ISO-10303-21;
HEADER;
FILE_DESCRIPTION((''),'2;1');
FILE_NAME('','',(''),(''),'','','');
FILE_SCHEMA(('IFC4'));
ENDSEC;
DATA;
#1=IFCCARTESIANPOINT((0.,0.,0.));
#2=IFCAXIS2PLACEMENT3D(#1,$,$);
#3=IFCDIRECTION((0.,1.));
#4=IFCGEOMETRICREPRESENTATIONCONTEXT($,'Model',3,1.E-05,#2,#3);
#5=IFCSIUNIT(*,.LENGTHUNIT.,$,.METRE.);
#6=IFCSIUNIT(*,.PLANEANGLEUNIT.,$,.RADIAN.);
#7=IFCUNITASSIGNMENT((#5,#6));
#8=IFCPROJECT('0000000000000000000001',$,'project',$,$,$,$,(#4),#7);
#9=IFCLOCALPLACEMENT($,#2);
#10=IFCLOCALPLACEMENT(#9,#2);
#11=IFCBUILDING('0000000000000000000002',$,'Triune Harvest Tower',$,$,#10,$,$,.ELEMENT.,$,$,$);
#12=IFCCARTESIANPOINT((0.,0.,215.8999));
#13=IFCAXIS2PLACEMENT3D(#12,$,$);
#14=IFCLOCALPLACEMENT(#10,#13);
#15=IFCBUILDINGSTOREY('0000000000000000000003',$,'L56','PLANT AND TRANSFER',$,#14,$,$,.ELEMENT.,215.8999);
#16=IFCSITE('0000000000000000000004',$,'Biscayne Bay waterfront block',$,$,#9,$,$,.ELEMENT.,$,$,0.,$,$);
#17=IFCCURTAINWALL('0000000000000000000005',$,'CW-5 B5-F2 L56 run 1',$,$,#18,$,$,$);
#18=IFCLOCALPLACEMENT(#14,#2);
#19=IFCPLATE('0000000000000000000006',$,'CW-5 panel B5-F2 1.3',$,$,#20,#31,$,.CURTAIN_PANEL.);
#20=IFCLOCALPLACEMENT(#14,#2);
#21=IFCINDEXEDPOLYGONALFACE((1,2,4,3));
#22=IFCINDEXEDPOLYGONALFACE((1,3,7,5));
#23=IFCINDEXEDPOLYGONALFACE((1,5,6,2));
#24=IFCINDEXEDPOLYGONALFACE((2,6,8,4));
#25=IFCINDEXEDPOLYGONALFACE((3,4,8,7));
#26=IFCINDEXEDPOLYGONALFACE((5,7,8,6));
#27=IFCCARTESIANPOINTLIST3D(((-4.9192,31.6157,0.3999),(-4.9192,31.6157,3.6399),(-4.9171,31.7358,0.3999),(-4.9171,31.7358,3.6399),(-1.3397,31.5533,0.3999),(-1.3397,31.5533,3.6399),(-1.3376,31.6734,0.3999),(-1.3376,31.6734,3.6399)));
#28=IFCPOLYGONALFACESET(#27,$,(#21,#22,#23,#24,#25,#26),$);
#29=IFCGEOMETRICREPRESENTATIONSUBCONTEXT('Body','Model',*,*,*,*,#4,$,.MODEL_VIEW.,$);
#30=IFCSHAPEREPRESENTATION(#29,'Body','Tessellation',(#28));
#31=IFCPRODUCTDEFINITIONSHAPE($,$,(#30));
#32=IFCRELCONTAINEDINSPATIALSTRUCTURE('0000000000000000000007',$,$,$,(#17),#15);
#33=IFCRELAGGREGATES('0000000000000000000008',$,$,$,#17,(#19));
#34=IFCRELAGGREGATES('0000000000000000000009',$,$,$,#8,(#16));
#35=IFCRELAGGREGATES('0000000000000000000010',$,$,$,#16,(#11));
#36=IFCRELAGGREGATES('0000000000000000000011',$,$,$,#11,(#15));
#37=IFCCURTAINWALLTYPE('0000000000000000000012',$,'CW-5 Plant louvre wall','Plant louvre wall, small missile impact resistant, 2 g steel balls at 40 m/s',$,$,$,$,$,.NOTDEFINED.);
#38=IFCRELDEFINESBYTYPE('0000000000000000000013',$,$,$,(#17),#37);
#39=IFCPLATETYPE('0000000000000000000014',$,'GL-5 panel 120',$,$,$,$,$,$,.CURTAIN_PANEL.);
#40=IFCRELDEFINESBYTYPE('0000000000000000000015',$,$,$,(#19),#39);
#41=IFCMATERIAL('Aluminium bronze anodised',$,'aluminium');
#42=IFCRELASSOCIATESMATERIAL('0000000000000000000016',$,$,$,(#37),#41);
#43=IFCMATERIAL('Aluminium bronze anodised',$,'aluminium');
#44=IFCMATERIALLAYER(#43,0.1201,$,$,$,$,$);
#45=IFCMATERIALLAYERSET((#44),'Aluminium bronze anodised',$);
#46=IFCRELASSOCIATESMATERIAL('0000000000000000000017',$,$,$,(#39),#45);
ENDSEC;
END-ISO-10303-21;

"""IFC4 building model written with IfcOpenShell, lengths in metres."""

from ifc_helpers import new_model, si_unit, direction, frame, origin, origin_2d, place, context, subcontext, project, spatial, rectangle, extrude, source, transform, mapped, material, layer, layer_set, type_object, element, aggregate, save


model = new_model("IFC4")

# Units and contexts
model_context = context("Model", 3, precision=1e-05, world=origin(), true_north=direction((0.0, 1.0)))
body_context = subcontext(model_context, "Body", "Model", "MODEL_VIEW")
ifc_project = project(units=[si_unit("LENGTHUNIT", "METRE"), si_unit("PLANEANGLEUNIT", "RADIAN")], contexts=[model_context])

# Site, building, storey
site_placement = place(None, origin())
site = spatial("IfcSite", under=ifc_project, at=site_placement, Name="Biscayne Bay waterfront block", CompositionType="ELEMENT", RefElevation=0.0)
building_placement = place(site_placement, origin())
building = spatial("IfcBuilding", under=site, at=building_placement, Name="Triune Harvest Tower", CompositionType="ELEMENT")
storey_placement = place(building_placement, frame((0.0, 0.0, 215.8999)))
storey = spatial("IfcBuildingStorey", under=building, at=storey_placement, Name="L56", Description="PLANT AND TRANSFER", CompositionType="ELEMENT", Elevation=215.8999)

# Shared definitions
ifc_material_1 = material(Name="Aluminium bronze anodised", Category="aluminium")
curtain_wall_type = type_object("IfcCurtainWallType", Name="CW-5 Plant louvre wall", Description="Plant louvre wall, small missile impact resistant, 2 g steel balls at 40 m/s", PredefinedType="NOTDEFINED", material=ifc_material_1)

# Curtain wall, plate
curtain_wall_1_placement = place(storey_placement, origin())
curtain_wall_1 = element("IfcCurtainWall", 1, at=curtain_wall_1_placement, inside=storey, type_object=curtain_wall_type, Name="CW-5 B5-F2 L56 run 1")
ifc_material_2 = material(Name="Aluminium bronze anodised", Category="aluminium")
ifc_layer = layer(ifc_material_2, 0.1201)
ifc_layer_set = layer_set([ifc_layer], Name="Aluminium bronze anodised")
plate_type = type_object("IfcPlateType", Name="GL-5 panel 120", PredefinedType="CURTAIN_PANEL", material=ifc_layer_set)
shared_shape_1 = source(origin(), body_context, "Body", "SweptSolid", [
    extrude(rectangle(XDim=3.5801, YDim=0.1201, at=origin_2d()), origin(), (0.0, 0.0, 1.0), 3.24),
])
plate_1_placement = place(storey_placement, frame((-3.1284, 31.6445, 0.3999), z_axis=(0.0, 0.0, 1.0), x_axis=(-0.999848, 0.017446, 0.0)))
plate_1 = element("IfcPlate", 2, at=plate_1_placement, type_object=plate_type, Name="CW-5 panel B5-F2 1.3", PredefinedType="CURTAIN_PANEL", context=body_context, shape_type="MappedRepresentation", body=[
    mapped(shared_shape_1, transform((0.0, 0.0, 0.0), scale=1.0)),
])
aggregate(curtain_wall_1, [plate_1])

save(model, "model.ifc")
